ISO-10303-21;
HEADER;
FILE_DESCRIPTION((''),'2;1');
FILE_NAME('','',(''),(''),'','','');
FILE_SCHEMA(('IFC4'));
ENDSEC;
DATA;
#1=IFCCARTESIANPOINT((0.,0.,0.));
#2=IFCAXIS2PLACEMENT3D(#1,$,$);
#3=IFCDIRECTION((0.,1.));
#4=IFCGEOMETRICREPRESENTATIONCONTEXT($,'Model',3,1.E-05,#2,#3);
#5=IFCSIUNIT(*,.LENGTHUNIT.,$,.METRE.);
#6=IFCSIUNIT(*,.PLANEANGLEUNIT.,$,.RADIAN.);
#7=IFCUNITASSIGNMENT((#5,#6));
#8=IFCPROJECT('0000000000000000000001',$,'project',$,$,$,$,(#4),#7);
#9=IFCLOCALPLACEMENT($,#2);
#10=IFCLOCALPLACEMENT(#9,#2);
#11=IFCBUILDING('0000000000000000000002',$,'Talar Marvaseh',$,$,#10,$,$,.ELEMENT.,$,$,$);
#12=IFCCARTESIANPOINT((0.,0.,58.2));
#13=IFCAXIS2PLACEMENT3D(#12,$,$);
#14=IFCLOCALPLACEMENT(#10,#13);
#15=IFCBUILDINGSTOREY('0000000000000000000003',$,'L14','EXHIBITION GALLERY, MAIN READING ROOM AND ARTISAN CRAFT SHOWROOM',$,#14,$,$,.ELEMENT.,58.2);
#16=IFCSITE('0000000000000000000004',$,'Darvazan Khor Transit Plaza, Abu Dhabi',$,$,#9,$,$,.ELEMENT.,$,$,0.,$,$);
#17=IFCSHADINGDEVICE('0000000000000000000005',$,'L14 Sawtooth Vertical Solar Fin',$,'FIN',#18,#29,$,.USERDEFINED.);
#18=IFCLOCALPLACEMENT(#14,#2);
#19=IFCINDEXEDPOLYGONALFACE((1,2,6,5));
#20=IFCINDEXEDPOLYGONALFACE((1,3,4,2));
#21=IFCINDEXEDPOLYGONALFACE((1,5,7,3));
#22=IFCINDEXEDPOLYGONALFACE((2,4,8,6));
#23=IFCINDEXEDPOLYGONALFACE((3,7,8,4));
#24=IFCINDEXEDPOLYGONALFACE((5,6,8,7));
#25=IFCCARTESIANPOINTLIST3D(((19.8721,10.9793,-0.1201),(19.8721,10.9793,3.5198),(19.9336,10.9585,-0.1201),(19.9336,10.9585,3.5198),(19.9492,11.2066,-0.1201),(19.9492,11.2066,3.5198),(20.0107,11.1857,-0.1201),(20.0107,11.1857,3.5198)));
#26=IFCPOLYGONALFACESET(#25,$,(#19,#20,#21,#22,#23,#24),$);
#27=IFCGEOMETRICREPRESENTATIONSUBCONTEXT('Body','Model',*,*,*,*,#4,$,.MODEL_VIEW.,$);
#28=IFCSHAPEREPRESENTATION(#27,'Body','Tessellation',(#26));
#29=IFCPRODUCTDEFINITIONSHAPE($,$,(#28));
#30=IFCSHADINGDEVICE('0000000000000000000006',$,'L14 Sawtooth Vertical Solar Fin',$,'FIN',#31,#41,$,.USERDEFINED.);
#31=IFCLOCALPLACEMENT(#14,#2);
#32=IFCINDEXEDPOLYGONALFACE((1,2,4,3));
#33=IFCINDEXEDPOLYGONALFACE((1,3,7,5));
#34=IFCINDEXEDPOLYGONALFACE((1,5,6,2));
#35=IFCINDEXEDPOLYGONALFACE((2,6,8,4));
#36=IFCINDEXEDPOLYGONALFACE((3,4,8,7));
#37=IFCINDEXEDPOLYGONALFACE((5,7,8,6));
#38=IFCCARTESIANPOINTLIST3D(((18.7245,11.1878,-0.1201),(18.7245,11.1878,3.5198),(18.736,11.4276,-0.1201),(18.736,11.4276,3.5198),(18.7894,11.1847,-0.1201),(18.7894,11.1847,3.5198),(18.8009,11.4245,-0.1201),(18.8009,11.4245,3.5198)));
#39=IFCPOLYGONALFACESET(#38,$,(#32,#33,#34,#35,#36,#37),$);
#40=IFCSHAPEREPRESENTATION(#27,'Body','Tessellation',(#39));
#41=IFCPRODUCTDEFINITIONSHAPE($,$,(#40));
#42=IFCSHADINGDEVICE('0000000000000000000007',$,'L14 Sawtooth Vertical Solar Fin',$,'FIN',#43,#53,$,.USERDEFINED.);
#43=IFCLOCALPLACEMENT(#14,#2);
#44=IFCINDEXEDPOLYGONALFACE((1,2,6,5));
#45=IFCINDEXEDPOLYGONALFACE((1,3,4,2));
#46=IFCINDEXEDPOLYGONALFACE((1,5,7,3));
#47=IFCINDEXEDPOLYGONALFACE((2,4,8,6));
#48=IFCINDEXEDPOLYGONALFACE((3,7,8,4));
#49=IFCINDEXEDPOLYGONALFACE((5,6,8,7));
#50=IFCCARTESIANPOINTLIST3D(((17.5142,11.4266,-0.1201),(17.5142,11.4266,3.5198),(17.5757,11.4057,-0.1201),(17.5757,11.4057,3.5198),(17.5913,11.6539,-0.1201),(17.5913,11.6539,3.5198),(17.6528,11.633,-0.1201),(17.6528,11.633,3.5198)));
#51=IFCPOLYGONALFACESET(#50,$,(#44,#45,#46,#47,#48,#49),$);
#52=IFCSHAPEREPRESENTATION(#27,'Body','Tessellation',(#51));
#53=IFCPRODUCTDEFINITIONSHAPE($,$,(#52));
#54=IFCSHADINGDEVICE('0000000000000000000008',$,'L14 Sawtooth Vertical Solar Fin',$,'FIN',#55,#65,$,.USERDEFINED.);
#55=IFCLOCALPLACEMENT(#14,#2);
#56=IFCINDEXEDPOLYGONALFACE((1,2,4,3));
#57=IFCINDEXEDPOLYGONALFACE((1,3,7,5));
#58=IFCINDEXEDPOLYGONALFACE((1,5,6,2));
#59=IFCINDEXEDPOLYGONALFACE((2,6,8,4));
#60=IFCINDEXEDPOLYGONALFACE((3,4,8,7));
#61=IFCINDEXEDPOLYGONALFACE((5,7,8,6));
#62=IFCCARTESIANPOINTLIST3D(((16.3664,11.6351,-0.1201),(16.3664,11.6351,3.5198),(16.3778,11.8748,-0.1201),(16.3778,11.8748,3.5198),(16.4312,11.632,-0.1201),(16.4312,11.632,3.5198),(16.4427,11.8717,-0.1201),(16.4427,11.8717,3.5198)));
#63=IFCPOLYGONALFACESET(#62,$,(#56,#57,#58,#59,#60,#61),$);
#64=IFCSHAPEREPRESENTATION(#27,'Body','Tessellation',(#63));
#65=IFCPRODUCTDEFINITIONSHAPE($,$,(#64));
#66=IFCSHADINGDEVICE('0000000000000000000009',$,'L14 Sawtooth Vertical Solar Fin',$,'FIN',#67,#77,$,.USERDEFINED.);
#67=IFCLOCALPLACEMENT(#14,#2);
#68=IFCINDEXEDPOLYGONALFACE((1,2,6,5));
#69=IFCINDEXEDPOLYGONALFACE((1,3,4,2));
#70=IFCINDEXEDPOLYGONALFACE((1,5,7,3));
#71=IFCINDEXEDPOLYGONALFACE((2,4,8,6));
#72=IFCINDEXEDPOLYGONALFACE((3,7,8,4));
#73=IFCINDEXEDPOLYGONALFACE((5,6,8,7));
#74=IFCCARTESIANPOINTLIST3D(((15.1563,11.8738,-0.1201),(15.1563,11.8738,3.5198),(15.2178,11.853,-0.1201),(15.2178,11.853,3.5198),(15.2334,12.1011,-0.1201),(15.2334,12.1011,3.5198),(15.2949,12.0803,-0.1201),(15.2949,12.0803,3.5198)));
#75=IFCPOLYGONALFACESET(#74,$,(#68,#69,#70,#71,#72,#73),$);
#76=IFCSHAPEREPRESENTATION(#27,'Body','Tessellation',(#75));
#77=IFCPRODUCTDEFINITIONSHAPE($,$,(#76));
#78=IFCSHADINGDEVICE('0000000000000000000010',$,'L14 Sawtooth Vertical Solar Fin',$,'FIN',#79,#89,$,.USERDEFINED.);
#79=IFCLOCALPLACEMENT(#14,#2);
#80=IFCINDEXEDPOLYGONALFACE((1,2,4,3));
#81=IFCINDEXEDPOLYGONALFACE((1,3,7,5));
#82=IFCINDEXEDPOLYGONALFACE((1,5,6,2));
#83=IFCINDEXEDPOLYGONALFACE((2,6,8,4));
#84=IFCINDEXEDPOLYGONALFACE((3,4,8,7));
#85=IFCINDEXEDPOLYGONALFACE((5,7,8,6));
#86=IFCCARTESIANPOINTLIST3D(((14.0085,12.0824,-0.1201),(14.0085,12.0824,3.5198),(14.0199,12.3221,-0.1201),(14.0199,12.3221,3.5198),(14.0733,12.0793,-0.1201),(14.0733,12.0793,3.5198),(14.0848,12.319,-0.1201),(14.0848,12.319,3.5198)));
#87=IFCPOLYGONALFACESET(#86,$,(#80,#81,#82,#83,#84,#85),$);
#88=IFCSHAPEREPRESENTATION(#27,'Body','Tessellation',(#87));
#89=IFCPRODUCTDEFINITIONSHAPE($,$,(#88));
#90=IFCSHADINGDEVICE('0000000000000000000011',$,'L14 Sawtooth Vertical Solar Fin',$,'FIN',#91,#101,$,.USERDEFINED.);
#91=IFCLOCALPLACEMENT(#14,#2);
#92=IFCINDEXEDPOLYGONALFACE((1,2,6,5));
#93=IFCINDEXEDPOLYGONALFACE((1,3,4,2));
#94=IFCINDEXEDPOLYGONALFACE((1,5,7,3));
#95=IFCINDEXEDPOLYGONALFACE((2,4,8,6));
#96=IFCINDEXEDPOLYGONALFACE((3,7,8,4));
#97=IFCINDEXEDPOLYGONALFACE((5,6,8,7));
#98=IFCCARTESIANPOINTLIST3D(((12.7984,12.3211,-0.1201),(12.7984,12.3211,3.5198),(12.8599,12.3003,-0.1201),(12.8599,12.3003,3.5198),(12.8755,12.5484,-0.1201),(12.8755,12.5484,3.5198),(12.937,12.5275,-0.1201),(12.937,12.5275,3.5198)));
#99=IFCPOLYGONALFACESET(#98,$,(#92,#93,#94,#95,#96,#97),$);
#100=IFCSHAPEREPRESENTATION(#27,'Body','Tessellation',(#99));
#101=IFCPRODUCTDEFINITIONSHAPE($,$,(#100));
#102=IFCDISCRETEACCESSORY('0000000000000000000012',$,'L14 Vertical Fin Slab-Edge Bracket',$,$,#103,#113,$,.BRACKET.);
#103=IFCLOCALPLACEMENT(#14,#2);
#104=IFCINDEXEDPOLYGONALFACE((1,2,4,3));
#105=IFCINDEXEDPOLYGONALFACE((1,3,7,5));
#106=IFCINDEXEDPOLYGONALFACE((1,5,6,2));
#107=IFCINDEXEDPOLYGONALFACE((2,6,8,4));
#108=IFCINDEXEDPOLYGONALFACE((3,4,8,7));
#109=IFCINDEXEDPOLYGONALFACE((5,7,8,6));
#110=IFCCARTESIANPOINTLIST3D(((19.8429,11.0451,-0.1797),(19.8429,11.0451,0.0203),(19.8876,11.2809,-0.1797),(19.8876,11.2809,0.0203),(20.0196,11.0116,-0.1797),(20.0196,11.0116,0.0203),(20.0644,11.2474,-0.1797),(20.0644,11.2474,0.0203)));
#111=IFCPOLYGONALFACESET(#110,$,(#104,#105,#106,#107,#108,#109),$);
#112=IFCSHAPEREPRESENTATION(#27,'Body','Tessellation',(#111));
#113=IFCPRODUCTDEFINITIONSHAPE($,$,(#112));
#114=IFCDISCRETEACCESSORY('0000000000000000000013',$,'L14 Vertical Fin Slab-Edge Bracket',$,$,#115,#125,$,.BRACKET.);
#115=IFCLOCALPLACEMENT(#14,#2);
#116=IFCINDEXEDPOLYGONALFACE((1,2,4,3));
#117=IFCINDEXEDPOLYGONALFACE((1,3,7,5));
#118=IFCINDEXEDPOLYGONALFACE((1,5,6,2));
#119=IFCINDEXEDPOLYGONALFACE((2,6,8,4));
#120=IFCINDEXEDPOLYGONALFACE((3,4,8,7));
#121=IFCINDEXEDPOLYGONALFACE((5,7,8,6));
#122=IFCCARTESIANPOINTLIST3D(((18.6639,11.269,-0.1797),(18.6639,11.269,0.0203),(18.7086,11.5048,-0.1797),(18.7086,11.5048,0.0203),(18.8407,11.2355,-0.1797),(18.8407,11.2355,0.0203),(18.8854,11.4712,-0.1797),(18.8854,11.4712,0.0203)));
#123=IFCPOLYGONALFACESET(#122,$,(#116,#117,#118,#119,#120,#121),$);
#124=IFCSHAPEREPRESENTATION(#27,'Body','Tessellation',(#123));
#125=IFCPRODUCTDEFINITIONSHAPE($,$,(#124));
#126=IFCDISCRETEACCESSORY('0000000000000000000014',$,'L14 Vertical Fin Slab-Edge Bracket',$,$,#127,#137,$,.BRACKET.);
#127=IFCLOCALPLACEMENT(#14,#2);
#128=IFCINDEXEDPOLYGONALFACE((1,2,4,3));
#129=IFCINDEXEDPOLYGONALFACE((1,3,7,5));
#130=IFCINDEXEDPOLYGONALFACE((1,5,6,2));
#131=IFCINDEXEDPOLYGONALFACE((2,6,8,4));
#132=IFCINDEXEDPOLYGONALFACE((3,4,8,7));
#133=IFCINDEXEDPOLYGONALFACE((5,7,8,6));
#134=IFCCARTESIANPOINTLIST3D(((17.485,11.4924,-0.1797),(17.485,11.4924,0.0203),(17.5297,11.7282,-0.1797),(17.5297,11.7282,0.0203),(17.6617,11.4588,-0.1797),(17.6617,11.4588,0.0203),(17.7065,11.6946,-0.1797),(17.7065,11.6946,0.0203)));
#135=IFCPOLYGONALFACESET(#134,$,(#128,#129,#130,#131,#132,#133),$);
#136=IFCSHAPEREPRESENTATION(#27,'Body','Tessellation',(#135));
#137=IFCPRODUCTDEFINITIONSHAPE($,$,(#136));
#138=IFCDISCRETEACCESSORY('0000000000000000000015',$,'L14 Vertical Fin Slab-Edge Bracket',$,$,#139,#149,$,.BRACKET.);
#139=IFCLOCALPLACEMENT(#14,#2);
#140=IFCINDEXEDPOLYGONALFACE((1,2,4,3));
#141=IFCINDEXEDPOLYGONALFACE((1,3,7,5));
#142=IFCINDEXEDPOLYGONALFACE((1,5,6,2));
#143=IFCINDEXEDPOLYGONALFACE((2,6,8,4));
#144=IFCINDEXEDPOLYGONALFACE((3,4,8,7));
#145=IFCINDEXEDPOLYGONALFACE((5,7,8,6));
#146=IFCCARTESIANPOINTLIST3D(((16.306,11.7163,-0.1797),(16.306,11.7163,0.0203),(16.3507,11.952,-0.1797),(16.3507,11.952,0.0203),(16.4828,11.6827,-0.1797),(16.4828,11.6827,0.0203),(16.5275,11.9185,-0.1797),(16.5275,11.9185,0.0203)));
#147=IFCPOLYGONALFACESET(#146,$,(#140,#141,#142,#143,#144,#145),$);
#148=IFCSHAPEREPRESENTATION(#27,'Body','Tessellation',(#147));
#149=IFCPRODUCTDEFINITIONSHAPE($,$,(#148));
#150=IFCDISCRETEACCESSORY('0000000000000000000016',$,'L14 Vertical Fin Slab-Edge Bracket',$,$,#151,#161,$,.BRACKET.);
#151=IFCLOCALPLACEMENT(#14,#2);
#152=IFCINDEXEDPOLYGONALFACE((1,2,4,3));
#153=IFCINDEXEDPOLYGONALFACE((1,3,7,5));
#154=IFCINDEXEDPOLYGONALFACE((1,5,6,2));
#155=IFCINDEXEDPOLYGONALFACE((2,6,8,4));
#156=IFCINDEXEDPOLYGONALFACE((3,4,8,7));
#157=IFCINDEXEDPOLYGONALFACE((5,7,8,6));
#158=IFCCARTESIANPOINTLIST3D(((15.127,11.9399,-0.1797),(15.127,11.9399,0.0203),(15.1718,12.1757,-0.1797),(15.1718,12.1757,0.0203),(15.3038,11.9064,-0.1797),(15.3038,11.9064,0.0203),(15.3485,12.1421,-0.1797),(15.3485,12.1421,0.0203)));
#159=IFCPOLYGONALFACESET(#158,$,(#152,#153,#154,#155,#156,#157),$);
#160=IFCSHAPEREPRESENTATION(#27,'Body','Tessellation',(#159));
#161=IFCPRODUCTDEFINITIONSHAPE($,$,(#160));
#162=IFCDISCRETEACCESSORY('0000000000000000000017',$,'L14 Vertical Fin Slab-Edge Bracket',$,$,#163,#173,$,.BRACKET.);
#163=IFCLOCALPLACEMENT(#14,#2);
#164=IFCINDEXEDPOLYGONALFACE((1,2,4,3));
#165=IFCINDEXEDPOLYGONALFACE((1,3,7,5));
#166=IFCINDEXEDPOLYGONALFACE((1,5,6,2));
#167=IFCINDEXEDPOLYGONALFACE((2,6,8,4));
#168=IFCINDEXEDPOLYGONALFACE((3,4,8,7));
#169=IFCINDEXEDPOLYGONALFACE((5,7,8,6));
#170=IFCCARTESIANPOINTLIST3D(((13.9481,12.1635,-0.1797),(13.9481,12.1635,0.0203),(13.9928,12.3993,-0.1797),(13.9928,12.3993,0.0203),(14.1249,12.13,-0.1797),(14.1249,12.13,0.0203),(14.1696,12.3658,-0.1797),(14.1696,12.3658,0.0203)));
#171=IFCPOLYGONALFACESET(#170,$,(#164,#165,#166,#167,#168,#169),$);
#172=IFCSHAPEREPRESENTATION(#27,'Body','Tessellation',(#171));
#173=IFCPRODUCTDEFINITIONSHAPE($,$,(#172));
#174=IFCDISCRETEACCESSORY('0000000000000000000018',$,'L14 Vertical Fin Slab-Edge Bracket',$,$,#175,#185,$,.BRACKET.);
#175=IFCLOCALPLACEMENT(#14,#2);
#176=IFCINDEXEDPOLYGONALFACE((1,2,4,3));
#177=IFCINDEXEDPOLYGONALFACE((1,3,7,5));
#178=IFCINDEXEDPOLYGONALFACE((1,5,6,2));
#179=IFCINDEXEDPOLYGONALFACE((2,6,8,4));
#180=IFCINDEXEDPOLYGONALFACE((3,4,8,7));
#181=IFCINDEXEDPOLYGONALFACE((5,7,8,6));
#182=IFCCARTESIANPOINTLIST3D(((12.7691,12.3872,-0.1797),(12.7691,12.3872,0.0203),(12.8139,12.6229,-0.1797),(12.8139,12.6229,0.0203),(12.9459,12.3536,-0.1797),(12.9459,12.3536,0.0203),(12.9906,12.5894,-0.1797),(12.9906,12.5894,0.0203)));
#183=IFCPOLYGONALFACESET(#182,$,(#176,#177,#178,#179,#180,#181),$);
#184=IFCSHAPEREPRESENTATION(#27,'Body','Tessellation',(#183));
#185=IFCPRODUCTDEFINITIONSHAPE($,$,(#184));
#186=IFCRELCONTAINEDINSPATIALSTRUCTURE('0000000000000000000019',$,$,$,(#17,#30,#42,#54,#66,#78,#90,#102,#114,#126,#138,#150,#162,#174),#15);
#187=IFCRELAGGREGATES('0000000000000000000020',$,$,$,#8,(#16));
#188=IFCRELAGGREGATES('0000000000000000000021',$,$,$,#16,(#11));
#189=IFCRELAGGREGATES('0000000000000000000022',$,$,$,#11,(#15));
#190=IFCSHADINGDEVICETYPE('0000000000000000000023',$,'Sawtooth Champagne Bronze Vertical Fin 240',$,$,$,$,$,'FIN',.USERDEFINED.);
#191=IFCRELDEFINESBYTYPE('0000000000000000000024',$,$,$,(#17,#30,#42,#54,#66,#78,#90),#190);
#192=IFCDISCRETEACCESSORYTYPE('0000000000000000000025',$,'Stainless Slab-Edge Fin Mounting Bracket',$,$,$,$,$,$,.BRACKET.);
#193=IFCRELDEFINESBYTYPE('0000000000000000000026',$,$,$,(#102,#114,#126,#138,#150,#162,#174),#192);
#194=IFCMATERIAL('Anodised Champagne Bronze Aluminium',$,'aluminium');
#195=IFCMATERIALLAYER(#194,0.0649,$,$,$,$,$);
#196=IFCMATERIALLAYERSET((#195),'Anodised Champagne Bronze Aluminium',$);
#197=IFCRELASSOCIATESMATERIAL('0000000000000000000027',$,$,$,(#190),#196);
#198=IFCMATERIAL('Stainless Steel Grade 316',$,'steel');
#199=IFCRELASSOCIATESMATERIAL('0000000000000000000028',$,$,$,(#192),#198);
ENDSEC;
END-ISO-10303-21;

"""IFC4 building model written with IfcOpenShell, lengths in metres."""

from ifc_helpers import new_model, si_unit, direction, frame, origin, origin_2d, place, context, subcontext, project, spatial, rectangle, extrude, source, transform, mapped, material, layer, layer_set, type_object, type_shapes, element, save


model = new_model("IFC4")

# Units and contexts
model_context = context("Model", 3, precision=1e-05, world=origin(), true_north=direction((0.0, 1.0)))
body_context = subcontext(model_context, "Body", "Model", "MODEL_VIEW")
ifc_project = project(units=[si_unit("LENGTHUNIT", "METRE"), si_unit("PLANEANGLEUNIT", "RADIAN")], contexts=[model_context])

# Site, building, storey
site_placement = place(None, origin())
site = spatial("IfcSite", under=ifc_project, at=site_placement, Name="Darvazan Khor Transit Plaza, Abu Dhabi", CompositionType="ELEMENT", RefElevation=0.0)
building_placement = place(site_placement, origin())
building = spatial("IfcBuilding", under=site, at=building_placement, Name="Talar Marvaseh", CompositionType="ELEMENT")
storey_placement = place(building_placement, frame((0.0, 0.0, 58.2)))
storey = spatial("IfcBuildingStorey", under=building, at=storey_placement, Name="L14", Description="EXHIBITION GALLERY, MAIN READING ROOM AND ARTISAN CRAFT SHOWROOM", CompositionType="ELEMENT", Elevation=58.2)

# Shading devices
ifc_material_1 = material(Name="Anodised Champagne Bronze Aluminium", Category="aluminium")
ifc_layer_1 = layer(ifc_material_1, 0.0649)
ifc_layer_set_1 = layer_set([ifc_layer_1], Name="Anodised Champagne Bronze Aluminium")
shading_device_type = type_object("IfcShadingDeviceType", Name="Sawtooth Champagne Bronze Vertical Fin 240", ElementType="FIN", PredefinedType="USERDEFINED", material=ifc_layer_set_1)
shared_shape_1 = source(origin(), body_context, "Body", "SweptSolid", [
    extrude(rectangle(XDim=0.24, YDim=0.0649, at=origin_2d()), origin(), (0.0, 0.0, 1.0), 3.6399),
])
type_shapes(shading_device_type, [shared_shape_1])
for number, where, z_axis, x_axis, name in (
    (1, (19.9414, 11.0825, -0.1201), (0.0, 0.0, 1.0), (-0.321274, -0.946986, 0.0), "L14 Sawtooth Vertical Solar Fin"),
    (2, (18.7627, 11.3062, -0.1201), (0.0, 0.0, 1.0), (-0.047804, -0.998857, 0.0), "L14 Sawtooth Vertical Solar Fin"),
    (3, (17.5835, 11.5298, -0.1201), (0.0, 0.0, 1.0), (-0.321274, -0.946986, 0.0), "L14 Sawtooth Vertical Solar Fin"),
    (4, (16.4045, 11.7534, -0.1201), (0.0, 0.0, 1.0), (-0.047804, -0.998857, 0.0), "L14 Sawtooth Vertical Solar Fin"),
    (5, (15.2256, 11.9771, -0.1201), (0.0, 0.0, 1.0), (-0.321274, -0.946986, 0.0), "L14 Sawtooth Vertical Solar Fin"),
    (6, (14.0466, 12.2007, -0.1201), (0.0, 0.0, 1.0), (-0.047804, -0.998857, 0.0), "L14 Sawtooth Vertical Solar Fin"),
    (7, (12.8677, 12.4243, -0.1201), (0.0, 0.0, 1.0), (-0.321274, -0.946986, 0.0), "L14 Sawtooth Vertical Solar Fin"),
):
    element("IfcShadingDevice", number, at=place(storey_placement, frame(where, z_axis=z_axis, x_axis=x_axis)), inside=storey, type_object=shading_device_type, Name=name, ObjectType="FIN", PredefinedType="USERDEFINED", context=body_context, shape_type="MappedRepresentation", body=[
        mapped(shared_shape_1, transform((0.0, 0.0, 0.0), x_axis=(1.0, 0.0, 0.0), y_axis=(0.0, 1.0, 0.0), z_axis=(0.0, 0.0, 1.0), scale=1.0)),
    ])

# Discrete accessories
ifc_material_2 = material(Name="Stainless Steel Grade 316", Category="steel")
discrete_accessory_type = type_object("IfcDiscreteAccessoryType", Name="Stainless Slab-Edge Fin Mounting Bracket", PredefinedType="BRACKET", material=ifc_material_2)
shared_shape_2 = source(origin(), body_context, "Body", "SweptSolid", [
    extrude(rectangle(XDim=0.24, YDim=0.1799, at=origin_2d()), origin(), (0.0, 0.0, 1.0), 0.2),
])
type_shapes(discrete_accessory_type, [shared_shape_2])
for number, where, z_axis, x_axis, name in (
    (8, (19.9536, 11.1462, -0.1797), (0.0, 0.0, 1.0), (-0.186353, -0.982483, 0.0), "L14 Vertical Fin Slab-Edge Bracket"),
    (9, (18.7747, 11.3701, -0.1797), (0.0, 0.0, 1.0), (-0.186353, -0.982483, 0.0), "L14 Vertical Fin Slab-Edge Bracket"),
    (10, (17.5957, 11.5935, -0.1797), (0.0, 0.0, 1.0), (-0.186353, -0.982483, 0.0), "L14 Vertical Fin Slab-Edge Bracket"),
    (11, (16.4167, 11.8174, -0.1797), (0.0, 0.0, 1.0), (-0.186353, -0.982483, 0.0), "L14 Vertical Fin Slab-Edge Bracket"),
    (12, (15.2378, 12.041, -0.1797), (0.0, 0.0, 1.0), (-0.186353, -0.982483, 0.0), "L14 Vertical Fin Slab-Edge Bracket"),
    (13, (14.0588, 12.2646, -0.1797), (0.0, 0.0, 1.0), (-0.186353, -0.982483, 0.0), "L14 Vertical Fin Slab-Edge Bracket"),
    (14, (12.8799, 12.4883, -0.1797), (0.0, 0.0, 1.0), (-0.186353, -0.982483, 0.0), "L14 Vertical Fin Slab-Edge Bracket"),
):
    element("IfcDiscreteAccessory", number, at=place(storey_placement, frame(where, z_axis=z_axis, x_axis=x_axis)), inside=storey, type_object=discrete_accessory_type, Name=name, PredefinedType="BRACKET", context=body_context, shape_type="MappedRepresentation", body=[
        mapped(shared_shape_2, transform((0.0, 0.0, 0.0), x_axis=(1.0, 0.0, 0.0), y_axis=(0.0, 1.0, 0.0), z_axis=(0.0, 0.0, 1.0), scale=1.0)),
    ])

save(model, "model.ifc")
